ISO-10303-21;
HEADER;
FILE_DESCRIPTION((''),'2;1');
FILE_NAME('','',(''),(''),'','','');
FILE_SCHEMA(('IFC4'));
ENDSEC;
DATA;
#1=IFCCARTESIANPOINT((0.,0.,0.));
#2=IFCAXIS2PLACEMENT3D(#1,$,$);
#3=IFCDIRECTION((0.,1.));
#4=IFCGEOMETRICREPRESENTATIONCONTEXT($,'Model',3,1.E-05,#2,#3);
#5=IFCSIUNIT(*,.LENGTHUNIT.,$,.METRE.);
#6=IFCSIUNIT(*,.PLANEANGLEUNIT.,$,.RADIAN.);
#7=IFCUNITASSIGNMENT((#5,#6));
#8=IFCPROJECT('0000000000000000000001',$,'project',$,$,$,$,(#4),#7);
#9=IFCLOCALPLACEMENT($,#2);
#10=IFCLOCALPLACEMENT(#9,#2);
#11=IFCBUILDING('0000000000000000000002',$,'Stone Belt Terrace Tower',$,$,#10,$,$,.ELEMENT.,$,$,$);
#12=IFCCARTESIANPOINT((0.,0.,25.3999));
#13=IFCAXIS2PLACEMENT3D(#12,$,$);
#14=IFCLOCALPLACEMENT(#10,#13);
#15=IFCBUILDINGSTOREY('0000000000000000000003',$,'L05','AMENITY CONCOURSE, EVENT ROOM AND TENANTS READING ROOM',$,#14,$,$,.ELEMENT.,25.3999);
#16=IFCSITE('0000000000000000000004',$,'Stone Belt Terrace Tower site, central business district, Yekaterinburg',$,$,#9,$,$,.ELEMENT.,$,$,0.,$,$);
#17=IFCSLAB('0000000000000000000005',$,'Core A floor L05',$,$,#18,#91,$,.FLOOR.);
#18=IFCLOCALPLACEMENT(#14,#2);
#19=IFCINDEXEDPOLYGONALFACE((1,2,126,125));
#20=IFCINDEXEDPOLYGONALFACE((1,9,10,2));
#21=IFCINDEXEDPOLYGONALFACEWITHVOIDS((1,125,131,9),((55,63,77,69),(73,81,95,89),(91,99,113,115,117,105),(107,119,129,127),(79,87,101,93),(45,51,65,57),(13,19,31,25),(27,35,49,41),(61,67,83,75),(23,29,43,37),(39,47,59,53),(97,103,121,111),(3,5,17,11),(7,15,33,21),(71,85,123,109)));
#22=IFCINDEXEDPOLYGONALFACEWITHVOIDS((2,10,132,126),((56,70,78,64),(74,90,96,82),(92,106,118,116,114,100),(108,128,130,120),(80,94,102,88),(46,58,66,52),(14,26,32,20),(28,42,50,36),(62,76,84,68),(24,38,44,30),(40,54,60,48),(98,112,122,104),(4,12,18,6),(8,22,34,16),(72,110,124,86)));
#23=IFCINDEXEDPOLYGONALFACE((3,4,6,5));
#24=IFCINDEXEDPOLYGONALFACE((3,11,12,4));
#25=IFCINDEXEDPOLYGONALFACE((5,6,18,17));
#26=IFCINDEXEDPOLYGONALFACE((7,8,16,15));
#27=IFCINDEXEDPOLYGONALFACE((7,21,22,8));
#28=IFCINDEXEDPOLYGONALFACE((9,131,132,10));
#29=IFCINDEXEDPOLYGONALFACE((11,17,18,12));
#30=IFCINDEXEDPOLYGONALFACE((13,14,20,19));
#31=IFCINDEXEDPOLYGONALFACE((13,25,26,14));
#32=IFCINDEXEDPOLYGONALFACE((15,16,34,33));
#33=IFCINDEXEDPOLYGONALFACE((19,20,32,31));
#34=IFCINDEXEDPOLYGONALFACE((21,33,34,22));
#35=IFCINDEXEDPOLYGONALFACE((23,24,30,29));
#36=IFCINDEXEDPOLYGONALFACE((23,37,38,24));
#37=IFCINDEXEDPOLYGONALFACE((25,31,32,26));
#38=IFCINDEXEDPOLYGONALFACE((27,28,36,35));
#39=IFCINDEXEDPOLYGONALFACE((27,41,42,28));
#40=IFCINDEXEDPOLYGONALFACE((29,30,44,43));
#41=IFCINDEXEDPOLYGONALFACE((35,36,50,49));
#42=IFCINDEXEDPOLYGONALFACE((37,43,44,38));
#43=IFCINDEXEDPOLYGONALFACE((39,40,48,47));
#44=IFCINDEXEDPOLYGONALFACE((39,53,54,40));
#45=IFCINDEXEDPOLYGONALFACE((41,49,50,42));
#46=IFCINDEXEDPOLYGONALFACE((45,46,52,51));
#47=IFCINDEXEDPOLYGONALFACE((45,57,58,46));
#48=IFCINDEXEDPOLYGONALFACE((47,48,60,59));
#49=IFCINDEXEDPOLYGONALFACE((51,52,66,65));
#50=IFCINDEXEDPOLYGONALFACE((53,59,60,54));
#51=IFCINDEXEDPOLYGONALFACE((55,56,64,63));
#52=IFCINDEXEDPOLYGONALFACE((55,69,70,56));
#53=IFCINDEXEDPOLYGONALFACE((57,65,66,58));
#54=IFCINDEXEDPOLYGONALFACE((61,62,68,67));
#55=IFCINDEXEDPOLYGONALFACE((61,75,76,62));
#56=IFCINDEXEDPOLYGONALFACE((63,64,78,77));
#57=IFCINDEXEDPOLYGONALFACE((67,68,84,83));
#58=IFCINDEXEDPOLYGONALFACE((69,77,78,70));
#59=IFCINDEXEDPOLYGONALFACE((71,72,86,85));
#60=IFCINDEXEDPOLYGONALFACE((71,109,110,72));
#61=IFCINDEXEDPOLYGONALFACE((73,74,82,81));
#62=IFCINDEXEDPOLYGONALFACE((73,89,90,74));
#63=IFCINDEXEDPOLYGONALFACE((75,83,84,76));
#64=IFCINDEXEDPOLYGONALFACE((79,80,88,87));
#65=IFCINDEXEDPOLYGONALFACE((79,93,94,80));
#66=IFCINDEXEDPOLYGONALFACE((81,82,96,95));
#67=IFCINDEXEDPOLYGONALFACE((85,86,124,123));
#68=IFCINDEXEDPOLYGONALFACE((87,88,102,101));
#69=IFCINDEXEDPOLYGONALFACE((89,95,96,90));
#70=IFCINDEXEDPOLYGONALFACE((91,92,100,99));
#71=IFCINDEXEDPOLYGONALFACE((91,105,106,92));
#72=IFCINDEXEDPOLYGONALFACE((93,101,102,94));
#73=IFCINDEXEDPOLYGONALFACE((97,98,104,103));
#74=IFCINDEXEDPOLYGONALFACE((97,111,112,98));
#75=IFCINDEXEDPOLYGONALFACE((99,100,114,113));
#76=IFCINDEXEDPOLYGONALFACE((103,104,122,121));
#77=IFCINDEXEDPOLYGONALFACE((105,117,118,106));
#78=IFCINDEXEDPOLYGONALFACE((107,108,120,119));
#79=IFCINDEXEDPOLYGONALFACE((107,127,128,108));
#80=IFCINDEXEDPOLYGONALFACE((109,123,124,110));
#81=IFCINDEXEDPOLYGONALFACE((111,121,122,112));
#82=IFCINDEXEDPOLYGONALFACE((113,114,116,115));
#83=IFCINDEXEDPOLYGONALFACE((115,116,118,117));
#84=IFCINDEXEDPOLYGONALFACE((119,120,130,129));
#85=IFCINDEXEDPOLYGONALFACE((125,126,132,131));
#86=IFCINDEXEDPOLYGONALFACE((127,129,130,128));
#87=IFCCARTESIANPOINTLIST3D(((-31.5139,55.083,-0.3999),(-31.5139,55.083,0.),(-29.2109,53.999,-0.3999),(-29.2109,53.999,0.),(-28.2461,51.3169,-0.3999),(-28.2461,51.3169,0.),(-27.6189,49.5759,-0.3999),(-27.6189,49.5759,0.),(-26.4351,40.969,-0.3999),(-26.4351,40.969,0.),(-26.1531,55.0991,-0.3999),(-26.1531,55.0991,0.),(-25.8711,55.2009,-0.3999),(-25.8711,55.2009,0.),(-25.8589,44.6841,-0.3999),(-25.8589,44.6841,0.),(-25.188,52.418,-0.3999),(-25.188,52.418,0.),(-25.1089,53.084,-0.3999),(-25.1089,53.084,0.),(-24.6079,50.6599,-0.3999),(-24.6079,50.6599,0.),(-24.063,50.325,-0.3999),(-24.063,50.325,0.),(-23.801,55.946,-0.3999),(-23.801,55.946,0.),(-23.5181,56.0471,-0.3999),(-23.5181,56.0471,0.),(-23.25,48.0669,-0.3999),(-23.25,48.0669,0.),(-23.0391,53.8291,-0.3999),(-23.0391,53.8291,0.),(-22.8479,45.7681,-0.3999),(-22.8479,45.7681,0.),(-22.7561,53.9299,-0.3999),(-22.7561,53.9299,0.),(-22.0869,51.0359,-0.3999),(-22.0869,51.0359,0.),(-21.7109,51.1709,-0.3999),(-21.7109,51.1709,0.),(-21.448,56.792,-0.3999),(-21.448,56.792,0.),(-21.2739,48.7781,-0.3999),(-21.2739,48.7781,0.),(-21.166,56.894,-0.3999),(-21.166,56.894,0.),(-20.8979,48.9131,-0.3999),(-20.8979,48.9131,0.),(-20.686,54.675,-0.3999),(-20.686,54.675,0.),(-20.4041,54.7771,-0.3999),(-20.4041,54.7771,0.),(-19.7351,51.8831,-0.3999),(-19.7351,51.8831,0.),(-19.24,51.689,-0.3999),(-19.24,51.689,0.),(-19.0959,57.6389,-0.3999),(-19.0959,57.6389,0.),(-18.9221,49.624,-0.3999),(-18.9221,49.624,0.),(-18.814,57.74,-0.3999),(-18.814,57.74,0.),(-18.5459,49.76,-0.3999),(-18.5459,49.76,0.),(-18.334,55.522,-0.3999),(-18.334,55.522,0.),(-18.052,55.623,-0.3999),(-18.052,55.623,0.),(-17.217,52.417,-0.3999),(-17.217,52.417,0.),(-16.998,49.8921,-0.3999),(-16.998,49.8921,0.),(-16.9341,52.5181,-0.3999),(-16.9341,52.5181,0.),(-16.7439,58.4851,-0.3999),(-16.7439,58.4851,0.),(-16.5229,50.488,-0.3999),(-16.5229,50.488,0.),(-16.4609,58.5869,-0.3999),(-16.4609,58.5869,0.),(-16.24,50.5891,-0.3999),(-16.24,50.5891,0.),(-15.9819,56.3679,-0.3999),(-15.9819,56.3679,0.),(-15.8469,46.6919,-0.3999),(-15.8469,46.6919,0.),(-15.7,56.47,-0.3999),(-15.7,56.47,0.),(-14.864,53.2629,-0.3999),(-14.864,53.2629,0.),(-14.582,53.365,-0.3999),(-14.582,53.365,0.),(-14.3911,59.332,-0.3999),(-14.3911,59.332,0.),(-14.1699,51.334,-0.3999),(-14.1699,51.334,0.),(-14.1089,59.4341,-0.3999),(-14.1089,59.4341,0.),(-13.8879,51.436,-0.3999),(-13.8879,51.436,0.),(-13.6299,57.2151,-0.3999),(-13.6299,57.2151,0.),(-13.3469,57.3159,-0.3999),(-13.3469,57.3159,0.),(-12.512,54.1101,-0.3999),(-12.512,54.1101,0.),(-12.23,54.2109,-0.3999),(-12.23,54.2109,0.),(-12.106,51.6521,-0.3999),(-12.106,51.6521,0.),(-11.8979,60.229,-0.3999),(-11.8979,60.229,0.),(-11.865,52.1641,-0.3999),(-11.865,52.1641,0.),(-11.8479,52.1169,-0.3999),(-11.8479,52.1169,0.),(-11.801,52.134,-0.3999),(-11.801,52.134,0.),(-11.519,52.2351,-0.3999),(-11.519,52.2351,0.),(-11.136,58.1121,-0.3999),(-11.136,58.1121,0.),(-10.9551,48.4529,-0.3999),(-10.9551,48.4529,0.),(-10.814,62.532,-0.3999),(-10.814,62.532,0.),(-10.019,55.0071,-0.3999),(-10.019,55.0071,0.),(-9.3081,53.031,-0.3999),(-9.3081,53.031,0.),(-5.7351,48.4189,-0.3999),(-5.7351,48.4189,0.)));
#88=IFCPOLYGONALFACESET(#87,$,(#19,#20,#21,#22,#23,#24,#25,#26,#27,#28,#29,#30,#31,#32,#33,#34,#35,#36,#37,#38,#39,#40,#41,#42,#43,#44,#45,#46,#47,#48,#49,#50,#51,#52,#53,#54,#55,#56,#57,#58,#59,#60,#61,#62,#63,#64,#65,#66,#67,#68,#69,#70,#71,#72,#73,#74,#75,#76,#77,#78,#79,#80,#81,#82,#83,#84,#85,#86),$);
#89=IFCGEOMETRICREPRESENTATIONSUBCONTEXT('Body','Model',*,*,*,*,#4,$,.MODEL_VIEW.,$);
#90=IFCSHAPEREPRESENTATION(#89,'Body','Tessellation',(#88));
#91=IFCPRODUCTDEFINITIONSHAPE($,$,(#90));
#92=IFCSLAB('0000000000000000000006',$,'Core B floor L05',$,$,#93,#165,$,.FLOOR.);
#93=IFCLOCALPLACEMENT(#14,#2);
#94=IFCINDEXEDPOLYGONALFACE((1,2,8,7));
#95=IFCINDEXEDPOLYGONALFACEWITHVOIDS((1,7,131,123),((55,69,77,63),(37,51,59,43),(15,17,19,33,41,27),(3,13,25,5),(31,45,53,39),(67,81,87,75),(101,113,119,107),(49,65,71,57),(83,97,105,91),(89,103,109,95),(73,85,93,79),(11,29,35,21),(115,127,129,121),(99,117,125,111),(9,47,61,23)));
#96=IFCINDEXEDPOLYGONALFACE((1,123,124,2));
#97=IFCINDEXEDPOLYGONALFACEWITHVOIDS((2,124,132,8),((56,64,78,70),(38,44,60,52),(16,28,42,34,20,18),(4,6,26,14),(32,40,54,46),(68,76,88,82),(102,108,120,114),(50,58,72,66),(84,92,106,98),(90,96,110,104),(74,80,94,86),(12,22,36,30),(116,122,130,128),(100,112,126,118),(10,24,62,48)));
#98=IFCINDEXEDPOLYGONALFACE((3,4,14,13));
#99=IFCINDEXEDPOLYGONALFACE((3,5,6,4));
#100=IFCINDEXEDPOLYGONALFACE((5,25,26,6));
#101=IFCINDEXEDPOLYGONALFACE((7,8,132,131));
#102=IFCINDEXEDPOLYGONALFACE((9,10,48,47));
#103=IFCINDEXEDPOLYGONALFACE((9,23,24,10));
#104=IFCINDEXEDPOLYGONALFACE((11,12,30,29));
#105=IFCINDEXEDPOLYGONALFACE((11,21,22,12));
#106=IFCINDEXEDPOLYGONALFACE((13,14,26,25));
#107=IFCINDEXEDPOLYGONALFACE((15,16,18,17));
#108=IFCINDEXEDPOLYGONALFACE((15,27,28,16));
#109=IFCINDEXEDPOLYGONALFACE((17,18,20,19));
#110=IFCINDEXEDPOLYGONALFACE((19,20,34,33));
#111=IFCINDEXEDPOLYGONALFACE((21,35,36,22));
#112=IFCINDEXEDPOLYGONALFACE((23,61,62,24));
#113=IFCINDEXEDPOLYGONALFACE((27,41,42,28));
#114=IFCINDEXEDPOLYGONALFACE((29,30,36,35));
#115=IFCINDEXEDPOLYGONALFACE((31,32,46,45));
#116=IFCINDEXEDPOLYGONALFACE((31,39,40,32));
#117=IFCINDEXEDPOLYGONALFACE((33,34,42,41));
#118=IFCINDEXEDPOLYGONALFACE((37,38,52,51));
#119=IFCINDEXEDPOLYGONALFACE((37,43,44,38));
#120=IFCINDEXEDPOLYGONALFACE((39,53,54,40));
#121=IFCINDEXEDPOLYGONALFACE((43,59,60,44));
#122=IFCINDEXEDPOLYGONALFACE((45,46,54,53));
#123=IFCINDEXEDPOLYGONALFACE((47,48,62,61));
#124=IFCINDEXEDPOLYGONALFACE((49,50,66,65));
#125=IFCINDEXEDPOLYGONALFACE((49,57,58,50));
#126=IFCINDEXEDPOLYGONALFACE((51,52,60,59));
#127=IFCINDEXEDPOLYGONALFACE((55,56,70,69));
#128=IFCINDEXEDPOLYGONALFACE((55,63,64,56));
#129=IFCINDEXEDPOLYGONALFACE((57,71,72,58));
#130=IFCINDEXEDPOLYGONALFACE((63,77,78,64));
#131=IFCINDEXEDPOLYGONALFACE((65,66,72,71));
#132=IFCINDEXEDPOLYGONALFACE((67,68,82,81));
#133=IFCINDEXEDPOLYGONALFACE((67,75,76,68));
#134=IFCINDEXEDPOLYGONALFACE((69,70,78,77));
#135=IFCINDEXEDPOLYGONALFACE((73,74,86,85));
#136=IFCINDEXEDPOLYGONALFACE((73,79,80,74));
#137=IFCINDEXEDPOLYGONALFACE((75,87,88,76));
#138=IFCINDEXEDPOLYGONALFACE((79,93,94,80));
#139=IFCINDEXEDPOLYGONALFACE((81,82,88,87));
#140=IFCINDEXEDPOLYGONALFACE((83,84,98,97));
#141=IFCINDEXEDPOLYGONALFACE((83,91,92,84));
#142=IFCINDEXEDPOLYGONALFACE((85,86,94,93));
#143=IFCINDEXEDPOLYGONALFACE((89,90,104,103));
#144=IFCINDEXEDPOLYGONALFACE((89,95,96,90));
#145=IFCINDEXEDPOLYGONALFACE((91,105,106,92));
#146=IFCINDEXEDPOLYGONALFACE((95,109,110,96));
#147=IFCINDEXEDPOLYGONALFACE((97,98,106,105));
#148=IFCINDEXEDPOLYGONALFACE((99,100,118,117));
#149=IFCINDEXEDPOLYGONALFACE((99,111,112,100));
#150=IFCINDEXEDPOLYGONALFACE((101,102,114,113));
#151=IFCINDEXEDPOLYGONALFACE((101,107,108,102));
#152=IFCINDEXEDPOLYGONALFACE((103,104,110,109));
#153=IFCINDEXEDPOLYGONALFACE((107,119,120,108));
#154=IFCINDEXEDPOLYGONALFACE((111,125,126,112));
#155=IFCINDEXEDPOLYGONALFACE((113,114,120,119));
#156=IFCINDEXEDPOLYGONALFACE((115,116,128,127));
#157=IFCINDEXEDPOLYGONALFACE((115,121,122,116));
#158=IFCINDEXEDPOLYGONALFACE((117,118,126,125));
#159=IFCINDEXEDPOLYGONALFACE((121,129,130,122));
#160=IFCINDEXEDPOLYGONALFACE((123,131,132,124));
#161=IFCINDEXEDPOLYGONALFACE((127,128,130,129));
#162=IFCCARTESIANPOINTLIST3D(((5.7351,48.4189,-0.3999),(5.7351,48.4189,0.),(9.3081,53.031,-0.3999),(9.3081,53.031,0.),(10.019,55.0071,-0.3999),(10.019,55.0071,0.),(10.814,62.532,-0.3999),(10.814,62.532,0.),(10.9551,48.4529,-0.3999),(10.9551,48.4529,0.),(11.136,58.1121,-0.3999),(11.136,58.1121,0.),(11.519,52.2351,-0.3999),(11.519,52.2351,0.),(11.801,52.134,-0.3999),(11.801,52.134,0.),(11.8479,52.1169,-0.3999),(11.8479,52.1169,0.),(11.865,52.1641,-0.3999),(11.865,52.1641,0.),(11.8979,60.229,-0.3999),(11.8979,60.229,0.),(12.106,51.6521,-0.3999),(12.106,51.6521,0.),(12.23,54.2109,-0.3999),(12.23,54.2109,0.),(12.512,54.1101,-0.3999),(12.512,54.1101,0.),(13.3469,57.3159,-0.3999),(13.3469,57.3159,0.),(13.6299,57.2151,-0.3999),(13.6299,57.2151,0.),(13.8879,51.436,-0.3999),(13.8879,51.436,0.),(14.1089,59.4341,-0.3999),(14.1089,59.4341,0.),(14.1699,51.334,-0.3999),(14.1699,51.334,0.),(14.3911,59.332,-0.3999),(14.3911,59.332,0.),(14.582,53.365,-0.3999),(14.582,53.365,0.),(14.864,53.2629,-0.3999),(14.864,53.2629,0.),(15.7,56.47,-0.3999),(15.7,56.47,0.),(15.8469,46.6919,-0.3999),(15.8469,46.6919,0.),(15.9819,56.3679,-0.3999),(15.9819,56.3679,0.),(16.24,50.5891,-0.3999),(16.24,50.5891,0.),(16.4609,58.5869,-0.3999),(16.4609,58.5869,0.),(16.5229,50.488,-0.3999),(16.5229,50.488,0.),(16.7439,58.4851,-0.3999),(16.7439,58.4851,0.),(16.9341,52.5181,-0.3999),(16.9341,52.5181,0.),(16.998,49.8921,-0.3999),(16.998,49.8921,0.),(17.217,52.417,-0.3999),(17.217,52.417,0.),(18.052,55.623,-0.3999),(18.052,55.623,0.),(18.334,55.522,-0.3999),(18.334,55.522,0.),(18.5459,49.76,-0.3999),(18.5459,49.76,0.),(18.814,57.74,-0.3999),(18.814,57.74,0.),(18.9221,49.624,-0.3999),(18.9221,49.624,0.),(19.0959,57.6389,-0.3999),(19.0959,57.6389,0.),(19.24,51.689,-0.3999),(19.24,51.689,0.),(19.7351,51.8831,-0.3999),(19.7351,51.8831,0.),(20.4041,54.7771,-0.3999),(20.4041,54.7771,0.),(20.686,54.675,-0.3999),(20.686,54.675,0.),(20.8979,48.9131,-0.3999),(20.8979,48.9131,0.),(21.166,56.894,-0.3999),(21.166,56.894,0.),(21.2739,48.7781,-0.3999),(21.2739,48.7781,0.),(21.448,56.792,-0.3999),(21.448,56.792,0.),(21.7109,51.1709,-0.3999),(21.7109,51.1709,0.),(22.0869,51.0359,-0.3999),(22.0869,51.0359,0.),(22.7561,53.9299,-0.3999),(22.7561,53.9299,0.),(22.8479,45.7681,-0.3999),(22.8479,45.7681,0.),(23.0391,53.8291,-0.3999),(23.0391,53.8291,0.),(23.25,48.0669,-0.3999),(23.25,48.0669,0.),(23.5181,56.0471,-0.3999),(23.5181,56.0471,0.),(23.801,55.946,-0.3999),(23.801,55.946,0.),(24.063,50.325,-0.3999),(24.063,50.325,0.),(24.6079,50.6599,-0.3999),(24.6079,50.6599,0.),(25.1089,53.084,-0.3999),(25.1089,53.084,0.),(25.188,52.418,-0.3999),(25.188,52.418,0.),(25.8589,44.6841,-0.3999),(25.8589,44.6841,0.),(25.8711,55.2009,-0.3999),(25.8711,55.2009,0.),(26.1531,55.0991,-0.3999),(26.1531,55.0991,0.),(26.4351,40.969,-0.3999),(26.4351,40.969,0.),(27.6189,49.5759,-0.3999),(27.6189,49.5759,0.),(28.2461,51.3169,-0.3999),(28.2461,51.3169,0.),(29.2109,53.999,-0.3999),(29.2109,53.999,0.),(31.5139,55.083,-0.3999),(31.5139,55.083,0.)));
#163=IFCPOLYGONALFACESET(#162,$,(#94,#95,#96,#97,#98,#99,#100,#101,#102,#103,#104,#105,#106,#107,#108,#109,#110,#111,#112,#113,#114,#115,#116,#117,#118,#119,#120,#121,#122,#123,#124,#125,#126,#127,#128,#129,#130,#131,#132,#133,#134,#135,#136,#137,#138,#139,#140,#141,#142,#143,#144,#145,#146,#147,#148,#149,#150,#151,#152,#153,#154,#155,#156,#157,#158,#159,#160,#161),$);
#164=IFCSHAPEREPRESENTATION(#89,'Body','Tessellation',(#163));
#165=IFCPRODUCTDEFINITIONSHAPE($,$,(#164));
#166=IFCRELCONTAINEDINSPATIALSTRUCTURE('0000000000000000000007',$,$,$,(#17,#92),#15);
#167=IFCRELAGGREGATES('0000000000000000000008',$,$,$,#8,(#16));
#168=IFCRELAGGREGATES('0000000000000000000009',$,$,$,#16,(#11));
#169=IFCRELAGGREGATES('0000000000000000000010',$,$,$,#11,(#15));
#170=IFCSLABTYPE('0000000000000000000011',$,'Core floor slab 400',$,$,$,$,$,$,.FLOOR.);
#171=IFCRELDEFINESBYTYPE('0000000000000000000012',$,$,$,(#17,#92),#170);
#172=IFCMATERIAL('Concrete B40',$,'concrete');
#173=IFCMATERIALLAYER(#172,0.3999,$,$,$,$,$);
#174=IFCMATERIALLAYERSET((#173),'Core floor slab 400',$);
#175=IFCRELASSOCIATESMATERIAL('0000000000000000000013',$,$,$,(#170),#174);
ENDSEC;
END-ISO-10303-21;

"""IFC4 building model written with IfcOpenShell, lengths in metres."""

from ifc_helpers import new_model, si_unit, direction, frame, origin, place, context, subcontext, project, spatial, polyline, outline, extrude, material, layer, layer_set, type_object, element, save


model = new_model("IFC4")

# Units and contexts
model_context = context("Model", 3, precision=1e-05, world=origin(), true_north=direction((0.0, 1.0)))
body_context = subcontext(model_context, "Body", "Model", "MODEL_VIEW")
ifc_project = project(units=[si_unit("LENGTHUNIT", "METRE"), si_unit("PLANEANGLEUNIT", "RADIAN")], contexts=[model_context])

# Site, building, storey
site_placement = place(None, origin())
site = spatial("IfcSite", under=ifc_project, at=site_placement, Name="Stone Belt Terrace Tower site, central business district, Yekaterinburg", CompositionType="ELEMENT", RefElevation=0.0)
building_placement = place(site_placement, origin())
building = spatial("IfcBuilding", under=site, at=building_placement, Name="Stone Belt Terrace Tower", CompositionType="ELEMENT")
storey_placement = place(building_placement, frame((0.0, 0.0, 25.3999)))
storey = spatial("IfcBuildingStorey", under=building, at=storey_placement, Name="L05", Description="AMENITY CONCOURSE, EVENT ROOM AND TENANTS READING ROOM", CompositionType="ELEMENT", Elevation=25.3999)

# Slabs
ifc_material_1 = material(Name="Concrete B40", Category="concrete")
ifc_layer_1 = layer(ifc_material_1, 0.3999)
ifc_layer_set_1 = layer_set([ifc_layer_1], Name="Core floor slab 400")
slab_type_1 = type_object("IfcSlabType", Name="Core floor slab 400", PredefinedType="FLOOR", material=ifc_layer_set_1)
slab_1_placement = place(storey_placement, frame((0.0, 0.0, -0.3999)))
element("IfcSlab", 1, at=slab_1_placement, inside=storey, type_object=slab_type_1, Name="Core A floor L05", PredefinedType="FLOOR", context=body_context, shape_type="SweptSolid", body=[
    extrude(outline(polyline([(-26.4351, 40.969), (-5.7351, 48.4189), (-10.814, 62.532), (-31.5139, 55.083), (-26.4351, 40.969)]), holes=[polyline([(-24.6079, 50.6599), (-22.8479, 45.7681), (-25.8589, 44.6841), (-27.6189, 49.5759), (-24.6079, 50.6599)]), polyline([(-21.2739, 48.7781), (-23.25, 48.0669), (-24.063, 50.325), (-22.0869, 51.0359), (-21.2739, 48.7781)]), polyline([(-18.9221, 49.624), (-20.8979, 48.9131), (-21.7109, 51.1709), (-19.7351, 51.8831), (-18.9221, 49.624)]), polyline([(-19.24, 51.689), (-17.217, 52.417), (-16.5229, 50.488), (-18.5459, 49.76), (-19.24, 51.689)]), polyline([(-29.2109, 53.999), (-26.1531, 55.0991), (-25.188, 52.418), (-28.2461, 51.3169), (-29.2109, 53.999)]), polyline([(-23.801, 55.946), (-23.0391, 53.8291), (-25.1089, 53.084), (-25.8711, 55.2009), (-23.801, 55.946)]), polyline([(-21.448, 56.792), (-20.686, 54.675), (-22.7561, 53.9299), (-23.5181, 56.0471), (-21.448, 56.792)]), polyline([(-19.0959, 57.6389), (-18.334, 55.522), (-20.4041, 54.7771), (-21.166, 56.894), (-19.0959, 57.6389)]), polyline([(-15.8469, 46.6919), (-16.998, 49.8921), (-12.106, 51.6521), (-10.9551, 48.4529), (-15.8469, 46.6919)]), polyline([(-16.24, 50.5891), (-16.9341, 52.5181), (-14.864, 53.2629), (-14.1699, 51.334), (-16.24, 50.5891)]), polyline([(-11.801, 52.134), (-11.8479, 52.1169), (-11.865, 52.1641), (-13.8879, 51.436), (-14.582, 53.365), (-12.512, 54.1101), (-11.801, 52.134)]), polyline([(-9.3081, 53.031), (-11.519, 52.2351), (-12.23, 54.2109), (-10.019, 55.0071), (-9.3081, 53.031)]), polyline([(-16.7439, 58.4851), (-15.9819, 56.3679), (-18.052, 55.623), (-18.814, 57.74), (-16.7439, 58.4851)]), polyline([(-14.3911, 59.332), (-13.6299, 57.2151), (-15.7, 56.47), (-16.4609, 58.5869), (-14.3911, 59.332)]), polyline([(-11.8979, 60.229), (-11.136, 58.1121), (-13.3469, 57.3159), (-14.1089, 59.4341), (-11.8979, 60.229)])]), origin(), (0.0, 0.0, 1.0), 0.3999),
])
slab_2_placement = place(storey_placement, frame((0.0, 0.0, -0.3999)))
element("IfcSlab", 2, at=slab_2_placement, inside=storey, type_object=slab_type_1, Name="Core B floor L05", PredefinedType="FLOOR", context=body_context, shape_type="SweptSolid", body=[
    extrude(outline(polyline([(26.4351, 40.969), (31.5139, 55.083), (10.814, 62.532), (5.7351, 48.4189), (26.4351, 40.969)]), holes=[polyline([(12.106, 51.6521), (16.998, 49.8921), (15.8469, 46.6919), (10.9551, 48.4529), (12.106, 51.6521)]), polyline([(19.24, 51.689), (18.5459, 49.76), (16.5229, 50.488), (17.217, 52.417), (19.24, 51.689)]), polyline([(16.24, 50.5891), (14.1699, 51.334), (14.864, 53.2629), (16.9341, 52.5181), (16.24, 50.5891)]), polyline([(14.582, 53.365), (13.8879, 51.436), (11.865, 52.1641), (11.8479, 52.1169), (11.801, 52.134), (12.512, 54.1101), (14.582, 53.365)]), polyline([(9.3081, 53.031), (10.019, 55.0071), (12.23, 54.2109), (11.519, 52.2351), (9.3081, 53.031)]), polyline([(16.7439, 58.4851), (18.814, 57.74), (18.052, 55.623), (15.9819, 56.3679), (16.7439, 58.4851)]), polyline([(14.3911, 59.332), (16.4609, 58.5869), (15.7, 56.47), (13.6299, 57.2151), (14.3911, 59.332)]), polyline([(11.8979, 60.229), (14.1089, 59.4341), (13.3469, 57.3159), (11.136, 58.1121), (11.8979, 60.229)]), polyline([(25.8589, 44.6841), (22.8479, 45.7681), (24.6079, 50.6599), (27.6189, 49.5759), (25.8589, 44.6841)]), polyline([(21.2739, 48.7781), (22.0869, 51.0359), (24.063, 50.325), (23.25, 48.0669), (21.2739, 48.7781)]), polyline([(18.9221, 49.624), (19.7351, 51.8831), (21.7109, 51.1709), (20.8979, 48.9131), (18.9221, 49.624)]), polyline([(29.2109, 53.999), (28.2461, 51.3169), (25.188, 52.418), (26.1531, 55.0991), (29.2109, 53.999)]), polyline([(23.801, 55.946), (25.8711, 55.2009), (25.1089, 53.084), (23.0391, 53.8291), (23.801, 55.946)]), polyline([(21.448, 56.792), (23.5181, 56.0471), (22.7561, 53.9299), (20.686, 54.675), (21.448, 56.792)]), polyline([(19.0959, 57.6389), (21.166, 56.894), (20.4041, 54.7771), (18.334, 55.522), (19.0959, 57.6389)])]), origin(), (0.0, 0.0, 1.0), 0.3999),
])

save(model, "model.ifc")
